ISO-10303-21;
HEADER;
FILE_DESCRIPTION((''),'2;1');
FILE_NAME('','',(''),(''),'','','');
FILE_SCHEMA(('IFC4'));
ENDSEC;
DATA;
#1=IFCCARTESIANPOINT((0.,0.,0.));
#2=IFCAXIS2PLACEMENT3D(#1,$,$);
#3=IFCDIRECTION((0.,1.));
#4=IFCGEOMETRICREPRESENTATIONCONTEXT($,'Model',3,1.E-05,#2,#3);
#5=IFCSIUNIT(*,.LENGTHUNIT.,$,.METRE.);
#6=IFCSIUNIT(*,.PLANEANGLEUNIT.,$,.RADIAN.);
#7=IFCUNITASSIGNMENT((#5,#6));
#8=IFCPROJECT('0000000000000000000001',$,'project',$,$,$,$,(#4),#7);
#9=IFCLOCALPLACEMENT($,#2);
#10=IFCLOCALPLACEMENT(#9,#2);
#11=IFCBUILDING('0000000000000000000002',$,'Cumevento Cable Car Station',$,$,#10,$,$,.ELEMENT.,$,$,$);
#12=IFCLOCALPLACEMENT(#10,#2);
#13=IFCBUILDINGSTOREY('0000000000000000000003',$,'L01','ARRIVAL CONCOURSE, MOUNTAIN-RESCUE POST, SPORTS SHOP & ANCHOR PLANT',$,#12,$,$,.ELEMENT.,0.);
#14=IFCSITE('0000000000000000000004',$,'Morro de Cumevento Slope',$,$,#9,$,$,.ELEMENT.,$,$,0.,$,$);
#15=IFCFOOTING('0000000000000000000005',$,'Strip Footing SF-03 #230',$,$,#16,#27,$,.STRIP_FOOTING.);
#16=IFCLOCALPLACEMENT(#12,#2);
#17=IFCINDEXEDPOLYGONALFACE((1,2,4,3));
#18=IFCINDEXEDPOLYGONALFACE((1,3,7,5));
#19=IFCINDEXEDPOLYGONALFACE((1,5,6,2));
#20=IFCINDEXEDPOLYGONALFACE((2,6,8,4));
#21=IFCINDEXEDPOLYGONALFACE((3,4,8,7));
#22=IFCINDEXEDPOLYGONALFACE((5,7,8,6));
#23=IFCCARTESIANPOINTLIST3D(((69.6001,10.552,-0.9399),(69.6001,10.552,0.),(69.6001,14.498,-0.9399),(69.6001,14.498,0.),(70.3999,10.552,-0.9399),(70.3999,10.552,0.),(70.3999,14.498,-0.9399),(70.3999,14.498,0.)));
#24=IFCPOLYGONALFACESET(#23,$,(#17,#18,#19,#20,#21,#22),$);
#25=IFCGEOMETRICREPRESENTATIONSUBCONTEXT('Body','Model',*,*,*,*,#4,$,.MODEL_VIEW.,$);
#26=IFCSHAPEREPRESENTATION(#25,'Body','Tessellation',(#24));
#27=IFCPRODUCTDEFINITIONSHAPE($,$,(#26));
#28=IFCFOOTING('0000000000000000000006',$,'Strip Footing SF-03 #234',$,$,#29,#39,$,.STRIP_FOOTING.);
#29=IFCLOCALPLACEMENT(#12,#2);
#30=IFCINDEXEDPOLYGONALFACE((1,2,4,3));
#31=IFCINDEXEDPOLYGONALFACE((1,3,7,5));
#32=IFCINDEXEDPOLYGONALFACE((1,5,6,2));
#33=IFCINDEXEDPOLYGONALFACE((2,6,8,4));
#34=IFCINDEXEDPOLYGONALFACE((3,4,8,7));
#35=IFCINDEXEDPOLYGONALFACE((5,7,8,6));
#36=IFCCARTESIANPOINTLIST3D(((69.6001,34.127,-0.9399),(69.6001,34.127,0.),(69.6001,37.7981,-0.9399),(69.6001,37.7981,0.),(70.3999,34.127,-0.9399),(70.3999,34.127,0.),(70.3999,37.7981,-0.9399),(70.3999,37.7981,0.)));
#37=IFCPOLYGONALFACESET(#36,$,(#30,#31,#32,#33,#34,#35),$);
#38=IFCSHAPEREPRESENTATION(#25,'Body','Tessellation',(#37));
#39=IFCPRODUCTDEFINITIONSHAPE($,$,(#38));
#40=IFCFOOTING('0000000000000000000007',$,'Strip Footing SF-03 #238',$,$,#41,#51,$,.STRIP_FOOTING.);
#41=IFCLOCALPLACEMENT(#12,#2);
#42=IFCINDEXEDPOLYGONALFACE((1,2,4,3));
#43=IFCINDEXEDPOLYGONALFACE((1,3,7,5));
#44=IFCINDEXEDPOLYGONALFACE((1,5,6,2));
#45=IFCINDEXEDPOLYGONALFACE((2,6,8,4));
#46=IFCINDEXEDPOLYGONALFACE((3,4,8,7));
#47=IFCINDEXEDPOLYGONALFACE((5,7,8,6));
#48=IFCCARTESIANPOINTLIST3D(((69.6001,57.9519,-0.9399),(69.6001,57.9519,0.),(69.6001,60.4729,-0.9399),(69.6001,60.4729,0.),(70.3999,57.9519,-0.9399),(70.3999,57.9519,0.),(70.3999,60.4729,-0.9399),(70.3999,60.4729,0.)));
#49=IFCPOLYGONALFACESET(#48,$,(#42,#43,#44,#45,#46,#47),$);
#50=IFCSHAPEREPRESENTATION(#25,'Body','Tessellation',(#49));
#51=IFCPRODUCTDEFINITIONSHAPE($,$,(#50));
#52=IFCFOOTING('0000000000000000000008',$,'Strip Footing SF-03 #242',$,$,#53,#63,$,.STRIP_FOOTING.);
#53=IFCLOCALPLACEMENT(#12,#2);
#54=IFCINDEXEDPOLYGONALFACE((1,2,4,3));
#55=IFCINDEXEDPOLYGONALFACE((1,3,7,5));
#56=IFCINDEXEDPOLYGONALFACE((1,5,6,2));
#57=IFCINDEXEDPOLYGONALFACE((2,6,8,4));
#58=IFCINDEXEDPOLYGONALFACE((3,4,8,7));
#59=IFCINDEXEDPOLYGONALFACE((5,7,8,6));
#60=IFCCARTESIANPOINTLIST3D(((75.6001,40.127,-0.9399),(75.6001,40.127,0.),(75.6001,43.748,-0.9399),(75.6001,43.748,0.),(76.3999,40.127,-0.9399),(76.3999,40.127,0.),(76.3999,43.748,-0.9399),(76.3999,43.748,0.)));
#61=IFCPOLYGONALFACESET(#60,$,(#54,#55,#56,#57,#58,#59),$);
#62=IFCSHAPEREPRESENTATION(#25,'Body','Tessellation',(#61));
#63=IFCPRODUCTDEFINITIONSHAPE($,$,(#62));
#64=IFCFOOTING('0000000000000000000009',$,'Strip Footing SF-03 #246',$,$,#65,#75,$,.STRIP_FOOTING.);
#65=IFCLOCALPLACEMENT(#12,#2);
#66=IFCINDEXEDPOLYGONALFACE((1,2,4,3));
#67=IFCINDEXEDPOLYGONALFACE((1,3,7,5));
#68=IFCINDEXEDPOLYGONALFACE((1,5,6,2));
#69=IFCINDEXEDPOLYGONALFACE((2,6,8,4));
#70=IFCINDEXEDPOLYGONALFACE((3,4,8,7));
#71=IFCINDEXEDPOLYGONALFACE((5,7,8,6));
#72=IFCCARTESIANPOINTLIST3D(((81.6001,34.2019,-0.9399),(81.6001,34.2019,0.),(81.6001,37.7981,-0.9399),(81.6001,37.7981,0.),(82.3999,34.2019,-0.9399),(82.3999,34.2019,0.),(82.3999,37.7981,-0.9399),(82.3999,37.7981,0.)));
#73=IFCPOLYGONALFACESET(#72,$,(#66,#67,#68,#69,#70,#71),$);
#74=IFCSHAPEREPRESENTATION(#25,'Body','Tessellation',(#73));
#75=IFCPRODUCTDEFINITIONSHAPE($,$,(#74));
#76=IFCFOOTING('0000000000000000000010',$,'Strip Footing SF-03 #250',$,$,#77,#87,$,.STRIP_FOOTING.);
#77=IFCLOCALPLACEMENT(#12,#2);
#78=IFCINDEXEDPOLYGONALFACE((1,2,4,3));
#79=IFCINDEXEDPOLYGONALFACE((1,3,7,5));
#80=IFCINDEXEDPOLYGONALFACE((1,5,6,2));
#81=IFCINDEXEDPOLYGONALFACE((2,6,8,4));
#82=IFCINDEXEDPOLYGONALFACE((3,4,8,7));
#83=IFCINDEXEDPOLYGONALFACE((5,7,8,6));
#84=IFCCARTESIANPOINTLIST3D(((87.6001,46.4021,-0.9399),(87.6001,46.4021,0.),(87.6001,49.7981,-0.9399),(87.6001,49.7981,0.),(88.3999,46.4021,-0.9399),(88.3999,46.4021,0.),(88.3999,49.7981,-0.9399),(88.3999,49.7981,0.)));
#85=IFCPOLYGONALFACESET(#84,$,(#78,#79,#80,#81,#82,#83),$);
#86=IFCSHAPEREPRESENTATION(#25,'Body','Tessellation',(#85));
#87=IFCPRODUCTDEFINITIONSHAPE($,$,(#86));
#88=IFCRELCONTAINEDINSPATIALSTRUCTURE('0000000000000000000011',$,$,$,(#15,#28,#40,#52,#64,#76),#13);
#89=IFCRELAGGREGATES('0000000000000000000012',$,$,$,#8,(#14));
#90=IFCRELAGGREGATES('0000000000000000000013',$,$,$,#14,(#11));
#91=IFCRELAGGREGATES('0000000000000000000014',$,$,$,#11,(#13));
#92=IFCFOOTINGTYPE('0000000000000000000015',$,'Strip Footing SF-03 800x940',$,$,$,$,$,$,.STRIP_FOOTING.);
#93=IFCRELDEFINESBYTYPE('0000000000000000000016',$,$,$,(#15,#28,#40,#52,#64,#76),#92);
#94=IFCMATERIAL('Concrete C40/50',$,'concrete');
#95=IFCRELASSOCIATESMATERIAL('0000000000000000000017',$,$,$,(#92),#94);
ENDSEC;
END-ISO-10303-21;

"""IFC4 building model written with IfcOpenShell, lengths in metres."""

from ifc_helpers import new_model, si_unit, direction, frame, origin, place, context, subcontext, project, spatial, polyline, outline, extrude, material, type_object, element, save


model = new_model("IFC4")

# Units and contexts
model_context = context("Model", 3, precision=1e-05, world=origin(), true_north=direction((0.0, 1.0)))
body_context = subcontext(model_context, "Body", "Model", "MODEL_VIEW")
ifc_project = project(units=[si_unit("LENGTHUNIT", "METRE"), si_unit("PLANEANGLEUNIT", "RADIAN")], contexts=[model_context])

# Site, building, storey
site_placement = place(None, origin())
site = spatial("IfcSite", under=ifc_project, at=site_placement, Name="Morro de Cumevento Slope", CompositionType="ELEMENT", RefElevation=0.0)
building_placement = place(site_placement, origin())
building = spatial("IfcBuilding", under=site, at=building_placement, Name="Cumevento Cable Car Station", CompositionType="ELEMENT")
storey_placement = place(building_placement, origin())
storey = spatial("IfcBuildingStorey", under=building, at=storey_placement, Name="L01", Description="ARRIVAL CONCOURSE, MOUNTAIN-RESCUE POST, SPORTS SHOP & ANCHOR PLANT", CompositionType="ELEMENT", Elevation=0.0)

# Footings
ifc_material = material(Name="Concrete C40/50", Category="concrete")
footing_type = type_object("IfcFootingType", Name="Strip Footing SF-03 800x940", PredefinedType="STRIP_FOOTING", material=ifc_material)
footing_1_placement = place(storey_placement, frame((0.0, 0.0, -0.9399)))
element("IfcFooting", 1, at=footing_1_placement, inside=storey, type_object=footing_type, Name="Strip Footing SF-03 #230", PredefinedType="STRIP_FOOTING", context=body_context, shape_type="SweptSolid", body=[
    extrude(outline(polyline([(69.6001, 10.552), (70.3999, 10.552), (70.3999, 14.498), (69.6001, 14.498), (69.6001, 10.552)])), origin(), (0.0, 0.0, 1.0), 0.9399),
])
footing_2_placement = place(storey_placement, frame((0.0, 0.0, -0.9399)))
element("IfcFooting", 2, at=footing_2_placement, inside=storey, type_object=footing_type, Name="Strip Footing SF-03 #234", PredefinedType="STRIP_FOOTING", context=body_context, shape_type="SweptSolid", body=[
    extrude(outline(polyline([(69.6001, 34.127), (70.3999, 34.127), (70.3999, 37.7981), (69.6001, 37.7981), (69.6001, 34.127)])), origin(), (0.0, 0.0, 1.0), 0.9399),
])
footing_3_placement = place(storey_placement, frame((0.0, 0.0, -0.9399)))
element("IfcFooting", 3, at=footing_3_placement, inside=storey, type_object=footing_type, Name="Strip Footing SF-03 #238", PredefinedType="STRIP_FOOTING", context=body_context, shape_type="SweptSolid", body=[
    extrude(outline(polyline([(69.6001, 57.9519), (70.3999, 57.9519), (70.3999, 60.4729), (69.6001, 60.4729), (69.6001, 57.9519)])), origin(), (0.0, 0.0, 1.0), 0.9399),
])
footing_4_placement = place(storey_placement, frame((0.0, 0.0, -0.9399)))
element("IfcFooting", 4, at=footing_4_placement, inside=storey, type_object=footing_type, Name="Strip Footing SF-03 #242", PredefinedType="STRIP_FOOTING", context=body_context, shape_type="SweptSolid", body=[
    extrude(outline(polyline([(75.6001, 40.127), (76.3999, 40.127), (76.3999, 43.748), (75.6001, 43.748), (75.6001, 40.127)])), origin(), (0.0, 0.0, 1.0), 0.9399),
])
footing_5_placement = place(storey_placement, frame((0.0, 0.0, -0.9399)))
element("IfcFooting", 5, at=footing_5_placement, inside=storey, type_object=footing_type, Name="Strip Footing SF-03 #246", PredefinedType="STRIP_FOOTING", context=body_context, shape_type="SweptSolid", body=[
    extrude(outline(polyline([(81.6001, 34.2019), (82.3999, 34.2019), (82.3999, 37.7981), (81.6001, 37.7981), (81.6001, 34.2019)])), origin(), (0.0, 0.0, 1.0), 0.9399),
])
footing_6_placement = place(storey_placement, frame((0.0, 0.0, -0.9399)))
element("IfcFooting", 6, at=footing_6_placement, inside=storey, type_object=footing_type, Name="Strip Footing SF-03 #250", PredefinedType="STRIP_FOOTING", context=body_context, shape_type="SweptSolid", body=[
    extrude(outline(polyline([(87.6001, 46.4021), (88.3999, 46.4021), (88.3999, 49.7981), (87.6001, 49.7981), (87.6001, 46.4021)])), origin(), (0.0, 0.0, 1.0), 0.9399),
])

save(model, "model.ifc")
